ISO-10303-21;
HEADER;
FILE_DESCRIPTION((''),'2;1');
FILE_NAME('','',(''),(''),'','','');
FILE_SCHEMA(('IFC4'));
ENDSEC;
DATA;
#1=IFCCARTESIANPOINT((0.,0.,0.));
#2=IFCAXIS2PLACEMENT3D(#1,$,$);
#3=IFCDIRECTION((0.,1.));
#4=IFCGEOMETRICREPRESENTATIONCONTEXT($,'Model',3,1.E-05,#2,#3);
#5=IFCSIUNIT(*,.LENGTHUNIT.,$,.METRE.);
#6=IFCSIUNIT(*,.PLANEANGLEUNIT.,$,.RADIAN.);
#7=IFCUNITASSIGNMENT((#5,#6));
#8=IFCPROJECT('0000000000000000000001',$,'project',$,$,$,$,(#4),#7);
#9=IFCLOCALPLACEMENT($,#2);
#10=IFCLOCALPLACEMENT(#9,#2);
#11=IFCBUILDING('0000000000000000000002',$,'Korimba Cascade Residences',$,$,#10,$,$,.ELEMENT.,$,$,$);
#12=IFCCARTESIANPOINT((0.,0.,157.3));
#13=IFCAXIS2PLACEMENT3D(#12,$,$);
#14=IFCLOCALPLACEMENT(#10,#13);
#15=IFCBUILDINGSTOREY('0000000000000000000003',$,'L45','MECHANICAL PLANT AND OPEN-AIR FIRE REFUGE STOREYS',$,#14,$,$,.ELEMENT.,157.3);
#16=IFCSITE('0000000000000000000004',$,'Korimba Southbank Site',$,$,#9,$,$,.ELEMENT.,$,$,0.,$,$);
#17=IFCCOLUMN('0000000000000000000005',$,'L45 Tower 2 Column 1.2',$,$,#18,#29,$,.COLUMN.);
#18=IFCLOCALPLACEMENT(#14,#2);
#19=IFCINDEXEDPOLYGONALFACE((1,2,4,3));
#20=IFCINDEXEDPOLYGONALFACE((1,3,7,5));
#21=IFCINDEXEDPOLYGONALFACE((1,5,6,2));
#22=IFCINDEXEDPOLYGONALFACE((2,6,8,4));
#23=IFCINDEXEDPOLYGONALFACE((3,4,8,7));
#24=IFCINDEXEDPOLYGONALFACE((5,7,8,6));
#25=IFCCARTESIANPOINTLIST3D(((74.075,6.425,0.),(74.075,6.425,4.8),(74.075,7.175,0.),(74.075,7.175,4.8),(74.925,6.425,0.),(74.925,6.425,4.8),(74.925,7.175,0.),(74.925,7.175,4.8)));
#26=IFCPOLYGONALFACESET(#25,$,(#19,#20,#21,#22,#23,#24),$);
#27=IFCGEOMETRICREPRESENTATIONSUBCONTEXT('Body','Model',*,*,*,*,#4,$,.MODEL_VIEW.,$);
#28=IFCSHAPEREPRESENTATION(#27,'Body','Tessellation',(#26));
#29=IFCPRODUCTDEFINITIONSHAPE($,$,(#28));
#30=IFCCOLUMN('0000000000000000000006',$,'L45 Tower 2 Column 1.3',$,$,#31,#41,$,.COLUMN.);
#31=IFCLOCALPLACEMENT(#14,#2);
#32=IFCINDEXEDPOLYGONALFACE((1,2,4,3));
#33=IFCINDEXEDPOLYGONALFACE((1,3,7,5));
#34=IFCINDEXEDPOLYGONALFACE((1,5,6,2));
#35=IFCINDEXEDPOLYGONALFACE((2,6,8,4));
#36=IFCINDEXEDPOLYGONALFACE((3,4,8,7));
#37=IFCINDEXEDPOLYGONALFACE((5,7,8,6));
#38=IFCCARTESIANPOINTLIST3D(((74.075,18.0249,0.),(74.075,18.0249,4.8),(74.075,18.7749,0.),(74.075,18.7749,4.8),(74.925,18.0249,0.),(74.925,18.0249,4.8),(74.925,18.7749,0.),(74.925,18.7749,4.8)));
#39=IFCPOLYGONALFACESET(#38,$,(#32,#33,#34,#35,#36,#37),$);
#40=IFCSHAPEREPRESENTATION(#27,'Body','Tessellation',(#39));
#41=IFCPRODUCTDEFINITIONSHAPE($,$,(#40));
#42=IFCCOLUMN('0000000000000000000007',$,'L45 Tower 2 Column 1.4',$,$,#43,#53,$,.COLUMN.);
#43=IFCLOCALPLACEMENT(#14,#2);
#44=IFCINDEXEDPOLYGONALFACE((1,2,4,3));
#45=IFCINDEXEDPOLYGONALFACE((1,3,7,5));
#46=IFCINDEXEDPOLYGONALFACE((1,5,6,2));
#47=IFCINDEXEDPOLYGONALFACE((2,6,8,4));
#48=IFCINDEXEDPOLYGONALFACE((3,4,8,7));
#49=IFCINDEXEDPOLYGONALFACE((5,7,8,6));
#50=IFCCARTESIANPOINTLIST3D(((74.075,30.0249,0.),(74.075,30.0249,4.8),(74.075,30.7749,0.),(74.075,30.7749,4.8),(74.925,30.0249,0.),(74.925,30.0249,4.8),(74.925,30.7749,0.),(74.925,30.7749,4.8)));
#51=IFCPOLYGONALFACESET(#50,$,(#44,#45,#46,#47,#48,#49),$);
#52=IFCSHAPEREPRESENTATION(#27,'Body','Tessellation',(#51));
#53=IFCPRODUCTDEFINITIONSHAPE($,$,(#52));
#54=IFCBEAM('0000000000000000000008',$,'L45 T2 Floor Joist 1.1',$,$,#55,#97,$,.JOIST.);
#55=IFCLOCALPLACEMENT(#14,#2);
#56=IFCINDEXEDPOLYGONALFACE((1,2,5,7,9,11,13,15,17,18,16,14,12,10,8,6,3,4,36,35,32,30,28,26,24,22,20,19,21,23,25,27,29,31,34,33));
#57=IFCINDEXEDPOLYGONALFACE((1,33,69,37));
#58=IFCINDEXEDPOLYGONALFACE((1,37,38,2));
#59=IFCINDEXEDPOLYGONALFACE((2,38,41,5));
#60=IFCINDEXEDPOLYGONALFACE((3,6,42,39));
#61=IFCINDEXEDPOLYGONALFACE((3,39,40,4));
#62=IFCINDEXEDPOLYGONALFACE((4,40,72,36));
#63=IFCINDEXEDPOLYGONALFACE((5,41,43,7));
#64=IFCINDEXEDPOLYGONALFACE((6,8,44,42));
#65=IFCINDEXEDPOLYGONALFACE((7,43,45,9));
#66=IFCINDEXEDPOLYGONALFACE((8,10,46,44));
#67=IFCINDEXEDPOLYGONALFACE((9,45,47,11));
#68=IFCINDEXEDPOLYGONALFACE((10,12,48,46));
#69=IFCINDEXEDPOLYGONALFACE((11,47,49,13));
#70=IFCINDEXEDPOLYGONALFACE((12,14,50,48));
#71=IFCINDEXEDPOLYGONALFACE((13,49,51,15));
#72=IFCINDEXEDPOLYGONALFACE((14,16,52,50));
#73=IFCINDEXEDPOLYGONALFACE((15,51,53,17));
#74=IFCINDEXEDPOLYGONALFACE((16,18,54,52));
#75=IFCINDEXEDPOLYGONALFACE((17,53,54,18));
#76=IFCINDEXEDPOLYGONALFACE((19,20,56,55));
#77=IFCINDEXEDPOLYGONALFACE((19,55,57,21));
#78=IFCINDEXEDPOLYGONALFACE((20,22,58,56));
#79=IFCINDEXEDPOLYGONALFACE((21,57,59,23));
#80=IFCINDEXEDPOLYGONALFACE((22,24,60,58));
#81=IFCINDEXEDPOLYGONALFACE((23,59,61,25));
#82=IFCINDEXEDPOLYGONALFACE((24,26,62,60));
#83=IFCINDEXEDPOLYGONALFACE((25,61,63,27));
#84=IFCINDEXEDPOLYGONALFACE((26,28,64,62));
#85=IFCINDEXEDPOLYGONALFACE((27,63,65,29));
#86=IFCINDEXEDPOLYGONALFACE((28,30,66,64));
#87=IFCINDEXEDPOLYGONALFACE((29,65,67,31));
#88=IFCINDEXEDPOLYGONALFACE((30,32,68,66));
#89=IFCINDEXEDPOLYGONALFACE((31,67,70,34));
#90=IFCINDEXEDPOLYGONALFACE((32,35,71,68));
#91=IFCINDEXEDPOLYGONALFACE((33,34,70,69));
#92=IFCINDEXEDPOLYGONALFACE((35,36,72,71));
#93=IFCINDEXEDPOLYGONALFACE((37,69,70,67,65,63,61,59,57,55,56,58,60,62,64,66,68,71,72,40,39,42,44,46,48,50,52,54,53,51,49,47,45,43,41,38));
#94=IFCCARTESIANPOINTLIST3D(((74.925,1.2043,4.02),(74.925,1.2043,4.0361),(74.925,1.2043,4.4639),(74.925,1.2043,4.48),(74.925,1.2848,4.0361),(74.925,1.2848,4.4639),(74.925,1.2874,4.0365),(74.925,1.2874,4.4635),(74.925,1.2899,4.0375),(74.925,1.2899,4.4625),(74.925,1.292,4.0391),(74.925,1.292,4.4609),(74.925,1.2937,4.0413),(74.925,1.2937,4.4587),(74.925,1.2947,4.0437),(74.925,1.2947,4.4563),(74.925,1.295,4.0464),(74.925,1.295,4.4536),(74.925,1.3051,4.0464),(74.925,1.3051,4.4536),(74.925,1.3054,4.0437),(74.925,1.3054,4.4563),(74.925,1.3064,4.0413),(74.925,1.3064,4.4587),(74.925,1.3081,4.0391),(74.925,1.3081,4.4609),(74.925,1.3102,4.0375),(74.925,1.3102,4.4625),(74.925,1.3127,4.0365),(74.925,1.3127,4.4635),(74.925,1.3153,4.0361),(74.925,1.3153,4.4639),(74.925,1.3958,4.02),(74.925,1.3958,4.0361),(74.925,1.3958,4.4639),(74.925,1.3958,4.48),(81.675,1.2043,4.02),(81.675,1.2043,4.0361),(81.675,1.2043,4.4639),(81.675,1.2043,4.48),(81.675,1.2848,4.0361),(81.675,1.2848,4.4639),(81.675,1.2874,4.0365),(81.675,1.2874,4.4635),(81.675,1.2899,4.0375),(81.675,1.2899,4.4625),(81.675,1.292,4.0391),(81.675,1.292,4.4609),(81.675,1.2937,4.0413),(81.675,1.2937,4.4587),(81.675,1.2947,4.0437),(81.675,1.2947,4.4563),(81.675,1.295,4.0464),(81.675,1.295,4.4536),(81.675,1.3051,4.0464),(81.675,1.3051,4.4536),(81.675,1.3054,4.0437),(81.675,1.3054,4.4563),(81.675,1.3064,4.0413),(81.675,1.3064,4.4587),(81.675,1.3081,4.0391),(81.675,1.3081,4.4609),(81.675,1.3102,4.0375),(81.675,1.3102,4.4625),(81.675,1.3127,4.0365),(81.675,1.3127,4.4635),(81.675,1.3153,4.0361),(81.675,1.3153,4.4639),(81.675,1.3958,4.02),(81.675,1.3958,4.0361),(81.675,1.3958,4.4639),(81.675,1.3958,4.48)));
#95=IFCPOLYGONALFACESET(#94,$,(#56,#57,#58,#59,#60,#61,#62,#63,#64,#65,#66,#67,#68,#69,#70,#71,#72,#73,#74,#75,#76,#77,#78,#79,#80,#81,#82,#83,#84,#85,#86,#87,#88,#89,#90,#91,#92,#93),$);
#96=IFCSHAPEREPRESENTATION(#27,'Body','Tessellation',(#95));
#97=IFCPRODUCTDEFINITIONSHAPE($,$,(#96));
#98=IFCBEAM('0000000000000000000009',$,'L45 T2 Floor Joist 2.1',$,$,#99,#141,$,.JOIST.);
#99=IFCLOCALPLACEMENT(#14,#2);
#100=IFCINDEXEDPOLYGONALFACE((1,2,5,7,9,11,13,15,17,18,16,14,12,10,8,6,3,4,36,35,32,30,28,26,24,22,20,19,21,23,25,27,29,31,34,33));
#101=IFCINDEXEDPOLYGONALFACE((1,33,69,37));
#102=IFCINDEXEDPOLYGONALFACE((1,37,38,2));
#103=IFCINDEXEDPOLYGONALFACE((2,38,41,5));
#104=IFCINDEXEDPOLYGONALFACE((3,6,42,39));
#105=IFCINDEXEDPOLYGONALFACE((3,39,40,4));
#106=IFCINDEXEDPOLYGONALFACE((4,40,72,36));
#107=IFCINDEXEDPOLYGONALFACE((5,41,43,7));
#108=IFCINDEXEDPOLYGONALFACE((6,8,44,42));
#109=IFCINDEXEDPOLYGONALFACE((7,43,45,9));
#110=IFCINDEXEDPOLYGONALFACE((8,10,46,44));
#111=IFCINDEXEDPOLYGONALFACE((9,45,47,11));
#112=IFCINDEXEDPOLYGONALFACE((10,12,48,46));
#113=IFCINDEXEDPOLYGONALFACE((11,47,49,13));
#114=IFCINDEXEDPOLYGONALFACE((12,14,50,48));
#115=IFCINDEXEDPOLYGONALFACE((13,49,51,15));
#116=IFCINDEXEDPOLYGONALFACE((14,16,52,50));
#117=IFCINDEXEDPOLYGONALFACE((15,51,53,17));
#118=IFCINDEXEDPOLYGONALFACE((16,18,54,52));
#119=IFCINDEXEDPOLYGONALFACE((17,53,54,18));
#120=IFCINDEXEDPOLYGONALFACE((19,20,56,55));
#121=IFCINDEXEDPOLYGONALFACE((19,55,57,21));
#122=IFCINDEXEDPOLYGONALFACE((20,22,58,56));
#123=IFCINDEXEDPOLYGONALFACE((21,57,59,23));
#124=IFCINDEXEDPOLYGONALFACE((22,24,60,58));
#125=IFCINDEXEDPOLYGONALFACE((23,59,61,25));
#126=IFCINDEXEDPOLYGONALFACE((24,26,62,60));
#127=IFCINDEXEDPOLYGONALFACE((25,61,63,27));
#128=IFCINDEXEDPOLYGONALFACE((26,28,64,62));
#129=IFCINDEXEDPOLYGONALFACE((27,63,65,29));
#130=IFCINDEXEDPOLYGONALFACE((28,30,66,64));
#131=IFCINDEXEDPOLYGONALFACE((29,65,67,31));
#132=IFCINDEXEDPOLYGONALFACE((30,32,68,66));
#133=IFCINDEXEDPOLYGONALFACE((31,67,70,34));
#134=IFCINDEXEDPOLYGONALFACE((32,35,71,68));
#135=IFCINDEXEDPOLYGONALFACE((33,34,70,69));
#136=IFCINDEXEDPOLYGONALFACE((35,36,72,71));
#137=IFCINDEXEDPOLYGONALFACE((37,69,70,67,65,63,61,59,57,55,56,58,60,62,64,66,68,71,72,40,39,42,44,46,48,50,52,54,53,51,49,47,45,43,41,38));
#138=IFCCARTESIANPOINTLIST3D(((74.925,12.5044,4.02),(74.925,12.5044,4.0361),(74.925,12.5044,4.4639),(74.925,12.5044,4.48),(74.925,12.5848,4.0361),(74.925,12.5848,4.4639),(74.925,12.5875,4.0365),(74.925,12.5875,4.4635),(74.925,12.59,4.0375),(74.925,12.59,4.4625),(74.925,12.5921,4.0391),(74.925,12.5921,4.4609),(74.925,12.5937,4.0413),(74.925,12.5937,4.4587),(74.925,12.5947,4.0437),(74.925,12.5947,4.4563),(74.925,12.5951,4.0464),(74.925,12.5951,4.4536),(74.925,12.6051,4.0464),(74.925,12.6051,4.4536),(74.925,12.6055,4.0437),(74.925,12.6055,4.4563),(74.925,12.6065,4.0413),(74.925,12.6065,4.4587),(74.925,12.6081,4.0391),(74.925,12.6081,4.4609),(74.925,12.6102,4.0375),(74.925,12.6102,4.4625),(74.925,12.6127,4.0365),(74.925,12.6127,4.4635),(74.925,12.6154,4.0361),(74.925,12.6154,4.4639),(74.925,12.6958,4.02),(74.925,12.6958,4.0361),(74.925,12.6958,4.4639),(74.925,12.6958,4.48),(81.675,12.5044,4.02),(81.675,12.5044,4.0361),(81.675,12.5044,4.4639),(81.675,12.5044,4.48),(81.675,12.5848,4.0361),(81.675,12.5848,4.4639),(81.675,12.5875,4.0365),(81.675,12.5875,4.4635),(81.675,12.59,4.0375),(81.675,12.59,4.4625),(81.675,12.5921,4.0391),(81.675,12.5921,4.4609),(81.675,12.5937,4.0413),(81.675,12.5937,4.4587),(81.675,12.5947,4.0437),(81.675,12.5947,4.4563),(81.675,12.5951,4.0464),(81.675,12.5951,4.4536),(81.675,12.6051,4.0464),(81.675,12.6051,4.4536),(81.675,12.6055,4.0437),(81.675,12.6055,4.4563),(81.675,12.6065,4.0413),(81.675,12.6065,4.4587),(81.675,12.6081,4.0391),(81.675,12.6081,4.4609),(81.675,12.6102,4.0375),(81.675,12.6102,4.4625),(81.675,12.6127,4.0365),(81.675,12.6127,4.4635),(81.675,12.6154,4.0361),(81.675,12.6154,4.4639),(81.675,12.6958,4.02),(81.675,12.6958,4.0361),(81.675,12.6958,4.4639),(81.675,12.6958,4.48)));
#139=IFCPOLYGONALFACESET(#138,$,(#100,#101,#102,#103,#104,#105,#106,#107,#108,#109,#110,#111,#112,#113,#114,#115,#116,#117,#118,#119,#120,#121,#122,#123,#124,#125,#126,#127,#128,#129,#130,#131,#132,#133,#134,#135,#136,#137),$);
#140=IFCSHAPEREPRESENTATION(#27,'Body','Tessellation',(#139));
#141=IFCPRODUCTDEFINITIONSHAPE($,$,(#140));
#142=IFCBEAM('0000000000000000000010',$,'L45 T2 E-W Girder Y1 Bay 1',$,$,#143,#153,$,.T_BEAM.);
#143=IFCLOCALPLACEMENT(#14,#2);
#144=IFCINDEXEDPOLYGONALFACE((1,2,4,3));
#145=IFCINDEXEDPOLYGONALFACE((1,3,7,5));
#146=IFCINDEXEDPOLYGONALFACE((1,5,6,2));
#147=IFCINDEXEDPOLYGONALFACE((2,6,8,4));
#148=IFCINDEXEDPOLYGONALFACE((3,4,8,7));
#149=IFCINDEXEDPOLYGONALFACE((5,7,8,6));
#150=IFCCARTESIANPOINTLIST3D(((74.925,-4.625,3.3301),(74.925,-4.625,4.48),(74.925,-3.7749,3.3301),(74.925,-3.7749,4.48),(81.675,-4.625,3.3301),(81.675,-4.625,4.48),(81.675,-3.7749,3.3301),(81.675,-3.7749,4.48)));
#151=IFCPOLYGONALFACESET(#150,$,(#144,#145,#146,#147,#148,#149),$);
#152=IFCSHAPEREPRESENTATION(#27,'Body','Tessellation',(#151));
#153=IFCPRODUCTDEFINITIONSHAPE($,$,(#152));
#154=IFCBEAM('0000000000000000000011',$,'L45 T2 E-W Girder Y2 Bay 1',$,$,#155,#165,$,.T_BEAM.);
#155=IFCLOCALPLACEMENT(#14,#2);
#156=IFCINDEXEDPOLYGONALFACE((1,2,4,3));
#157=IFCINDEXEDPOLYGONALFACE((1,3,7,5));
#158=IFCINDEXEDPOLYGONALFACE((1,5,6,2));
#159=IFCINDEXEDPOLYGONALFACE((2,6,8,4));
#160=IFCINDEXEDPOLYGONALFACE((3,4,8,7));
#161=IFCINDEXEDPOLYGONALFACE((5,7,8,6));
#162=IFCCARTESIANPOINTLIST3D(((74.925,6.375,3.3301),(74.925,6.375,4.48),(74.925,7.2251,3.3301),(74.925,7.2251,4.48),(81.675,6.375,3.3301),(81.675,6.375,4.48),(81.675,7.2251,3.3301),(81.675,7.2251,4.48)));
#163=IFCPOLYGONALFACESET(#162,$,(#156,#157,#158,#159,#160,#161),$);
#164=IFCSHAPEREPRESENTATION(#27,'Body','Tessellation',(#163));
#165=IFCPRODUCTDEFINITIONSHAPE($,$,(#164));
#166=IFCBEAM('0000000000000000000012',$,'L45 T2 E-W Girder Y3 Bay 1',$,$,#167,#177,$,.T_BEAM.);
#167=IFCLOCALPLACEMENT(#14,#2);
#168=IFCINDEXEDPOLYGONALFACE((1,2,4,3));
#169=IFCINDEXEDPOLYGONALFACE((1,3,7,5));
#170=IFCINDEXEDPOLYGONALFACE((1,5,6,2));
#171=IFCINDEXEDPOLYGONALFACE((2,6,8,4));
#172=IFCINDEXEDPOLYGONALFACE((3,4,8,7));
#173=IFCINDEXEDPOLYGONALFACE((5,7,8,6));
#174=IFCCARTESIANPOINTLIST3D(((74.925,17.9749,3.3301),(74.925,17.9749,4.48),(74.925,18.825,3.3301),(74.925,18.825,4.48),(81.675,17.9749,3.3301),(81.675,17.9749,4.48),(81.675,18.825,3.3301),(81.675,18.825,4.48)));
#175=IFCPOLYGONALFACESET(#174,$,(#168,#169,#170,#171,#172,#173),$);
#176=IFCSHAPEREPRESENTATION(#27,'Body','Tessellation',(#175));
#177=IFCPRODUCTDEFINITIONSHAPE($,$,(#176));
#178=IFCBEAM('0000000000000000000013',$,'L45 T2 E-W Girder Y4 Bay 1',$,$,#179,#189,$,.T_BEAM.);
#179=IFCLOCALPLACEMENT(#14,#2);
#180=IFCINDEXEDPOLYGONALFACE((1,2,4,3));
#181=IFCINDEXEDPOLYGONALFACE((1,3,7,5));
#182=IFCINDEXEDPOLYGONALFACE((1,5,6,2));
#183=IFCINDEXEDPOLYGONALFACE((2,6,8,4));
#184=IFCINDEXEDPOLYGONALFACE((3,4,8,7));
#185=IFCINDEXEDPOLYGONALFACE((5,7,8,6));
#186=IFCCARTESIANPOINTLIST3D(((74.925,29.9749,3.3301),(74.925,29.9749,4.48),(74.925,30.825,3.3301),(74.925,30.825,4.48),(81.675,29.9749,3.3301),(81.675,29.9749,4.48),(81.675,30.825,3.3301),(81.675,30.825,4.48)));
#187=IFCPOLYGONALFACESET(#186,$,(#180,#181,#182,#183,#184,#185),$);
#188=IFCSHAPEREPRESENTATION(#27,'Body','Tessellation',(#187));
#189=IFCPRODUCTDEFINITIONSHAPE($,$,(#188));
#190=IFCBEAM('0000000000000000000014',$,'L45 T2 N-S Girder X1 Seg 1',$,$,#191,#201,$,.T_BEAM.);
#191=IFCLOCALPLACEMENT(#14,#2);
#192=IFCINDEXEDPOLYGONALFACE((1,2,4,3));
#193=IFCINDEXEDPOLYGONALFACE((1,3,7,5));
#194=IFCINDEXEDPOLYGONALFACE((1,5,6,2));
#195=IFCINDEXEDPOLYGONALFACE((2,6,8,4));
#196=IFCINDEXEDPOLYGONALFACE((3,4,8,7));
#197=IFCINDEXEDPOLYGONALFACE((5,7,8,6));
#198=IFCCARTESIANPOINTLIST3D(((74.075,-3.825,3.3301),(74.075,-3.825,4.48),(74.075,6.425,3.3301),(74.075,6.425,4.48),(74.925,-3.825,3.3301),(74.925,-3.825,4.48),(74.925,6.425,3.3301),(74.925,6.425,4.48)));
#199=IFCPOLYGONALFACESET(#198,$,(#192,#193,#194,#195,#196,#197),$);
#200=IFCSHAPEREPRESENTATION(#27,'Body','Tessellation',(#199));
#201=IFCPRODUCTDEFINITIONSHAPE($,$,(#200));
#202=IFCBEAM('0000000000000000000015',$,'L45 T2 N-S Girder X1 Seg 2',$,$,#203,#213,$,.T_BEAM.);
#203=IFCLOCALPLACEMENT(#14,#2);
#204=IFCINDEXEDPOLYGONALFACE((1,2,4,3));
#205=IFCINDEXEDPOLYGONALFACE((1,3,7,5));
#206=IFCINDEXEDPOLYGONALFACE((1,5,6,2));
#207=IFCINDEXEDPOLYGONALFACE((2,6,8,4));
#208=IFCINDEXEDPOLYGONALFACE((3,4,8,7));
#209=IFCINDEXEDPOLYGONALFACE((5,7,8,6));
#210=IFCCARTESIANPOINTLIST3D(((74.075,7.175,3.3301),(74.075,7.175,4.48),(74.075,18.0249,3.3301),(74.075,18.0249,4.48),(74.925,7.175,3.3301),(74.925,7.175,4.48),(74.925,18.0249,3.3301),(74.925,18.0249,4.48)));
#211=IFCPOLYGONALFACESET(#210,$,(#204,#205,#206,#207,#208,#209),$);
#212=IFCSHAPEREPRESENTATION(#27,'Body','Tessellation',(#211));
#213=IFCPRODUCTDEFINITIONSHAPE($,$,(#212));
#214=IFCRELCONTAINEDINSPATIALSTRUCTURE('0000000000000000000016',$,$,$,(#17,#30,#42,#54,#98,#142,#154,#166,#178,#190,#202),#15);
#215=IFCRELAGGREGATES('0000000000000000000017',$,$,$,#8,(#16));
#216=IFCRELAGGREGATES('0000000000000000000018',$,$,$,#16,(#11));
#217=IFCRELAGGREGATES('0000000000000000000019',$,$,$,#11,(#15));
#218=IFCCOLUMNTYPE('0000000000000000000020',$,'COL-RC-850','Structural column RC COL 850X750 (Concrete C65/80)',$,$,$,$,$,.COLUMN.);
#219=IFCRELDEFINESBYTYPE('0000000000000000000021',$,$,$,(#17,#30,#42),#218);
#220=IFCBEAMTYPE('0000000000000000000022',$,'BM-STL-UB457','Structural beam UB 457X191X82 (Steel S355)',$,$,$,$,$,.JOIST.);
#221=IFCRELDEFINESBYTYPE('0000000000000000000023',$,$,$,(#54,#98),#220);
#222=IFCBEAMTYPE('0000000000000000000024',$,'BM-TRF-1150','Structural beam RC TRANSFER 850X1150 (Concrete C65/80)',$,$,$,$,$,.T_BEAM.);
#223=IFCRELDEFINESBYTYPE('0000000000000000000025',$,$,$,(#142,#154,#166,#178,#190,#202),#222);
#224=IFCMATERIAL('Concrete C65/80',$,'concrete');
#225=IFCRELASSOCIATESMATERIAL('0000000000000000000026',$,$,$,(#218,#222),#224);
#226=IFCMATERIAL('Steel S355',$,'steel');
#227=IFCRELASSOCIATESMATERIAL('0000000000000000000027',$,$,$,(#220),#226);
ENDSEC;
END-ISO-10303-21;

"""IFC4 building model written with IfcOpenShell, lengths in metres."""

from ifc_helpers import new_model, si_unit, direction, frame, origin, origin_2d, place, context, subcontext, project, spatial, rectangle, i_section, extrude, material, material_profile, profile_set, type_object, element, save


model = new_model("IFC4")

# Units and contexts
model_context = context("Model", 3, precision=1e-05, world=origin(), true_north=direction((0.0, 1.0)))
body_context = subcontext(model_context, "Body", "Model", "MODEL_VIEW")
ifc_project = project(units=[si_unit("LENGTHUNIT", "METRE"), si_unit("PLANEANGLEUNIT", "RADIAN")], contexts=[model_context])

# Site, building, storey
site_placement = place(None, origin())
site = spatial("IfcSite", under=ifc_project, at=site_placement, Name="Korimba Southbank Site", CompositionType="ELEMENT", RefElevation=0.0)
building_placement = place(site_placement, origin())
building = spatial("IfcBuilding", under=site, at=building_placement, Name="Korimba Cascade Residences", CompositionType="ELEMENT")
storey_placement = place(building_placement, frame((0.0, 0.0, 157.3)))
storey = spatial("IfcBuildingStorey", under=building, at=storey_placement, Name="L45", Description="MECHANICAL PLANT AND OPEN-AIR FIRE REFUGE STOREYS", CompositionType="ELEMENT", Elevation=157.3)

# Columns
ifc_material_1 = material(Name="Concrete C65/80", Category="concrete")
ifc_material_profile_1 = material_profile(ifc_material_1, rectangle(XDim=0.8501, YDim=0.75, at=origin_2d()), Name="Concrete C65/80")
ifc_profile_set_1 = profile_set([ifc_material_profile_1], Name="Concrete C65/80")
column_type = type_object("IfcColumnType", Name="COL-RC-850", Description="Structural column RC COL 850X750 (Concrete C65/80)", PredefinedType="COLUMN", material=ifc_profile_set_1)
for number, where, z_axis, x_axis, name in (
    (1, (74.5, 6.8, 0.0), (0.0, 0.0, 1.0), (1.0, 0.0, 0.0), "L45 Tower 2 Column 1.2"),
    (2, (74.5, 18.3999, 0.0), (0.0, 0.0, 1.0), (1.0, 0.0, 0.0), "L45 Tower 2 Column 1.3"),
    (3, (74.5, 30.3999, 0.0), (0.0, 0.0, 1.0), (1.0, 0.0, 0.0), "L45 Tower 2 Column 1.4"),
):
    element("IfcColumn", number, at=place(storey_placement, frame(where, z_axis=z_axis, x_axis=x_axis)), inside=storey, type_object=column_type, Name=name, PredefinedType="COLUMN", context=body_context, shape_type="SweptSolid", body=[
        extrude(rectangle(XDim=0.8501, YDim=0.75, at=origin_2d()), origin(), (0.0, 0.0, 1.0), 4.8),
    ])

# Beams
ifc_material_2 = material(Name="Steel S355", Category="steel")
ifc_material_profile_2 = material_profile(ifc_material_2, i_section(OverallWidth=0.1914, OverallDepth=0.46, WebThickness=0.01, FlangeThickness=0.0161, FilletRadius=0.0103, at=origin_2d()), Name="Steel S355")
ifc_profile_set_2 = profile_set([ifc_material_profile_2], Name="Steel S355")
beam_type_1 = type_object("IfcBeamType", Name="BM-STL-UB457", Description="Structural beam UB 457X191X82 (Steel S355)", PredefinedType="JOIST", material=ifc_profile_set_2)
for number, where, z_axis, x_axis, name in (
    (4, (74.925, 1.3, 4.25), (1.0, 0.0, 0.0), (0.0, 1.0, 0.0), "L45 T2 Floor Joist 1.1"),
    (5, (74.925, 12.6001, 4.25), (1.0, 0.0, 0.0), (0.0, 1.0, 0.0), "L45 T2 Floor Joist 2.1"),
):
    element("IfcBeam", number, at=place(storey_placement, frame(where, z_axis=z_axis, x_axis=x_axis)), inside=storey, type_object=beam_type_1, Name=name, PredefinedType="JOIST", context=body_context, shape_type="SweptSolid", body=[
        extrude(i_section(OverallWidth=0.1914, OverallDepth=0.46, WebThickness=0.01, FlangeThickness=0.0161, FilletRadius=0.0103, at=origin_2d()), origin(), (0.0, 0.0, 1.0), 6.75),
    ])
ifc_material_profile_3 = material_profile(ifc_material_1, rectangle(XDim=0.8501, YDim=1.1499, at=origin_2d()), Name="Concrete C65/80")
ifc_profile_set_3 = profile_set([ifc_material_profile_3], Name="Concrete C65/80")
beam_type_2 = type_object("IfcBeamType", Name="BM-TRF-1150", Description="Structural beam RC TRANSFER 850X1150 (Concrete C65/80)", PredefinedType="T_BEAM", material=ifc_profile_set_3)
for number, where, z_axis, x_axis, name in (
    (6, (74.925, -4.2, 3.905), (1.0, 0.0, 0.0), (0.0, 1.0, 0.0), "L45 T2 E-W Girder Y1 Bay 1"),
    (7, (74.925, 6.8, 3.905), (1.0, 0.0, 0.0), (0.0, 1.0, 0.0), "L45 T2 E-W Girder Y2 Bay 1"),
    (8, (74.925, 18.3999, 3.905), (1.0, 0.0, 0.0), (0.0, 1.0, 0.0), "L45 T2 E-W Girder Y3 Bay 1"),
    (9, (74.925, 30.3999, 3.905), (1.0, 0.0, 0.0), (0.0, 1.0, 0.0), "L45 T2 E-W Girder Y4 Bay 1"),
):
    element("IfcBeam", number, at=place(storey_placement, frame(where, z_axis=z_axis, x_axis=x_axis)), inside=storey, type_object=beam_type_2, Name=name, PredefinedType="T_BEAM", context=body_context, shape_type="SweptSolid", body=[
        extrude(rectangle(XDim=0.8501, YDim=1.1499, at=origin_2d()), origin(), (0.0, 0.0, 1.0), 6.75),
    ])
beam_1_placement = place(storey_placement, frame((74.5, -3.825, 3.905), z_axis=(0.0, 1.0, 0.0), x_axis=(-1.0, 0.0, 0.0)))
element("IfcBeam", 10, at=beam_1_placement, inside=storey, type_object=beam_type_2, Name="L45 T2 N-S Girder X1 Seg 1", PredefinedType="T_BEAM", context=body_context, shape_type="SweptSolid", body=[
    extrude(rectangle(XDim=0.8501, YDim=1.1499, at=origin_2d()), origin(), (0.0, 0.0, 1.0), 10.25),
])
beam_2_placement = place(storey_placement, frame((74.5, 7.175, 3.905), z_axis=(0.0, 1.0, 0.0), x_axis=(-1.0, 0.0, 0.0)))
element("IfcBeam", 11, at=beam_2_placement, inside=storey, type_object=beam_type_2, Name="L45 T2 N-S Girder X1 Seg 2", PredefinedType="T_BEAM", context=body_context, shape_type="SweptSolid", body=[
    extrude(rectangle(XDim=0.8501, YDim=1.1499, at=origin_2d()), origin(), (0.0, 0.0, 1.0), 10.8499),
])

save(model, "model.ifc")
